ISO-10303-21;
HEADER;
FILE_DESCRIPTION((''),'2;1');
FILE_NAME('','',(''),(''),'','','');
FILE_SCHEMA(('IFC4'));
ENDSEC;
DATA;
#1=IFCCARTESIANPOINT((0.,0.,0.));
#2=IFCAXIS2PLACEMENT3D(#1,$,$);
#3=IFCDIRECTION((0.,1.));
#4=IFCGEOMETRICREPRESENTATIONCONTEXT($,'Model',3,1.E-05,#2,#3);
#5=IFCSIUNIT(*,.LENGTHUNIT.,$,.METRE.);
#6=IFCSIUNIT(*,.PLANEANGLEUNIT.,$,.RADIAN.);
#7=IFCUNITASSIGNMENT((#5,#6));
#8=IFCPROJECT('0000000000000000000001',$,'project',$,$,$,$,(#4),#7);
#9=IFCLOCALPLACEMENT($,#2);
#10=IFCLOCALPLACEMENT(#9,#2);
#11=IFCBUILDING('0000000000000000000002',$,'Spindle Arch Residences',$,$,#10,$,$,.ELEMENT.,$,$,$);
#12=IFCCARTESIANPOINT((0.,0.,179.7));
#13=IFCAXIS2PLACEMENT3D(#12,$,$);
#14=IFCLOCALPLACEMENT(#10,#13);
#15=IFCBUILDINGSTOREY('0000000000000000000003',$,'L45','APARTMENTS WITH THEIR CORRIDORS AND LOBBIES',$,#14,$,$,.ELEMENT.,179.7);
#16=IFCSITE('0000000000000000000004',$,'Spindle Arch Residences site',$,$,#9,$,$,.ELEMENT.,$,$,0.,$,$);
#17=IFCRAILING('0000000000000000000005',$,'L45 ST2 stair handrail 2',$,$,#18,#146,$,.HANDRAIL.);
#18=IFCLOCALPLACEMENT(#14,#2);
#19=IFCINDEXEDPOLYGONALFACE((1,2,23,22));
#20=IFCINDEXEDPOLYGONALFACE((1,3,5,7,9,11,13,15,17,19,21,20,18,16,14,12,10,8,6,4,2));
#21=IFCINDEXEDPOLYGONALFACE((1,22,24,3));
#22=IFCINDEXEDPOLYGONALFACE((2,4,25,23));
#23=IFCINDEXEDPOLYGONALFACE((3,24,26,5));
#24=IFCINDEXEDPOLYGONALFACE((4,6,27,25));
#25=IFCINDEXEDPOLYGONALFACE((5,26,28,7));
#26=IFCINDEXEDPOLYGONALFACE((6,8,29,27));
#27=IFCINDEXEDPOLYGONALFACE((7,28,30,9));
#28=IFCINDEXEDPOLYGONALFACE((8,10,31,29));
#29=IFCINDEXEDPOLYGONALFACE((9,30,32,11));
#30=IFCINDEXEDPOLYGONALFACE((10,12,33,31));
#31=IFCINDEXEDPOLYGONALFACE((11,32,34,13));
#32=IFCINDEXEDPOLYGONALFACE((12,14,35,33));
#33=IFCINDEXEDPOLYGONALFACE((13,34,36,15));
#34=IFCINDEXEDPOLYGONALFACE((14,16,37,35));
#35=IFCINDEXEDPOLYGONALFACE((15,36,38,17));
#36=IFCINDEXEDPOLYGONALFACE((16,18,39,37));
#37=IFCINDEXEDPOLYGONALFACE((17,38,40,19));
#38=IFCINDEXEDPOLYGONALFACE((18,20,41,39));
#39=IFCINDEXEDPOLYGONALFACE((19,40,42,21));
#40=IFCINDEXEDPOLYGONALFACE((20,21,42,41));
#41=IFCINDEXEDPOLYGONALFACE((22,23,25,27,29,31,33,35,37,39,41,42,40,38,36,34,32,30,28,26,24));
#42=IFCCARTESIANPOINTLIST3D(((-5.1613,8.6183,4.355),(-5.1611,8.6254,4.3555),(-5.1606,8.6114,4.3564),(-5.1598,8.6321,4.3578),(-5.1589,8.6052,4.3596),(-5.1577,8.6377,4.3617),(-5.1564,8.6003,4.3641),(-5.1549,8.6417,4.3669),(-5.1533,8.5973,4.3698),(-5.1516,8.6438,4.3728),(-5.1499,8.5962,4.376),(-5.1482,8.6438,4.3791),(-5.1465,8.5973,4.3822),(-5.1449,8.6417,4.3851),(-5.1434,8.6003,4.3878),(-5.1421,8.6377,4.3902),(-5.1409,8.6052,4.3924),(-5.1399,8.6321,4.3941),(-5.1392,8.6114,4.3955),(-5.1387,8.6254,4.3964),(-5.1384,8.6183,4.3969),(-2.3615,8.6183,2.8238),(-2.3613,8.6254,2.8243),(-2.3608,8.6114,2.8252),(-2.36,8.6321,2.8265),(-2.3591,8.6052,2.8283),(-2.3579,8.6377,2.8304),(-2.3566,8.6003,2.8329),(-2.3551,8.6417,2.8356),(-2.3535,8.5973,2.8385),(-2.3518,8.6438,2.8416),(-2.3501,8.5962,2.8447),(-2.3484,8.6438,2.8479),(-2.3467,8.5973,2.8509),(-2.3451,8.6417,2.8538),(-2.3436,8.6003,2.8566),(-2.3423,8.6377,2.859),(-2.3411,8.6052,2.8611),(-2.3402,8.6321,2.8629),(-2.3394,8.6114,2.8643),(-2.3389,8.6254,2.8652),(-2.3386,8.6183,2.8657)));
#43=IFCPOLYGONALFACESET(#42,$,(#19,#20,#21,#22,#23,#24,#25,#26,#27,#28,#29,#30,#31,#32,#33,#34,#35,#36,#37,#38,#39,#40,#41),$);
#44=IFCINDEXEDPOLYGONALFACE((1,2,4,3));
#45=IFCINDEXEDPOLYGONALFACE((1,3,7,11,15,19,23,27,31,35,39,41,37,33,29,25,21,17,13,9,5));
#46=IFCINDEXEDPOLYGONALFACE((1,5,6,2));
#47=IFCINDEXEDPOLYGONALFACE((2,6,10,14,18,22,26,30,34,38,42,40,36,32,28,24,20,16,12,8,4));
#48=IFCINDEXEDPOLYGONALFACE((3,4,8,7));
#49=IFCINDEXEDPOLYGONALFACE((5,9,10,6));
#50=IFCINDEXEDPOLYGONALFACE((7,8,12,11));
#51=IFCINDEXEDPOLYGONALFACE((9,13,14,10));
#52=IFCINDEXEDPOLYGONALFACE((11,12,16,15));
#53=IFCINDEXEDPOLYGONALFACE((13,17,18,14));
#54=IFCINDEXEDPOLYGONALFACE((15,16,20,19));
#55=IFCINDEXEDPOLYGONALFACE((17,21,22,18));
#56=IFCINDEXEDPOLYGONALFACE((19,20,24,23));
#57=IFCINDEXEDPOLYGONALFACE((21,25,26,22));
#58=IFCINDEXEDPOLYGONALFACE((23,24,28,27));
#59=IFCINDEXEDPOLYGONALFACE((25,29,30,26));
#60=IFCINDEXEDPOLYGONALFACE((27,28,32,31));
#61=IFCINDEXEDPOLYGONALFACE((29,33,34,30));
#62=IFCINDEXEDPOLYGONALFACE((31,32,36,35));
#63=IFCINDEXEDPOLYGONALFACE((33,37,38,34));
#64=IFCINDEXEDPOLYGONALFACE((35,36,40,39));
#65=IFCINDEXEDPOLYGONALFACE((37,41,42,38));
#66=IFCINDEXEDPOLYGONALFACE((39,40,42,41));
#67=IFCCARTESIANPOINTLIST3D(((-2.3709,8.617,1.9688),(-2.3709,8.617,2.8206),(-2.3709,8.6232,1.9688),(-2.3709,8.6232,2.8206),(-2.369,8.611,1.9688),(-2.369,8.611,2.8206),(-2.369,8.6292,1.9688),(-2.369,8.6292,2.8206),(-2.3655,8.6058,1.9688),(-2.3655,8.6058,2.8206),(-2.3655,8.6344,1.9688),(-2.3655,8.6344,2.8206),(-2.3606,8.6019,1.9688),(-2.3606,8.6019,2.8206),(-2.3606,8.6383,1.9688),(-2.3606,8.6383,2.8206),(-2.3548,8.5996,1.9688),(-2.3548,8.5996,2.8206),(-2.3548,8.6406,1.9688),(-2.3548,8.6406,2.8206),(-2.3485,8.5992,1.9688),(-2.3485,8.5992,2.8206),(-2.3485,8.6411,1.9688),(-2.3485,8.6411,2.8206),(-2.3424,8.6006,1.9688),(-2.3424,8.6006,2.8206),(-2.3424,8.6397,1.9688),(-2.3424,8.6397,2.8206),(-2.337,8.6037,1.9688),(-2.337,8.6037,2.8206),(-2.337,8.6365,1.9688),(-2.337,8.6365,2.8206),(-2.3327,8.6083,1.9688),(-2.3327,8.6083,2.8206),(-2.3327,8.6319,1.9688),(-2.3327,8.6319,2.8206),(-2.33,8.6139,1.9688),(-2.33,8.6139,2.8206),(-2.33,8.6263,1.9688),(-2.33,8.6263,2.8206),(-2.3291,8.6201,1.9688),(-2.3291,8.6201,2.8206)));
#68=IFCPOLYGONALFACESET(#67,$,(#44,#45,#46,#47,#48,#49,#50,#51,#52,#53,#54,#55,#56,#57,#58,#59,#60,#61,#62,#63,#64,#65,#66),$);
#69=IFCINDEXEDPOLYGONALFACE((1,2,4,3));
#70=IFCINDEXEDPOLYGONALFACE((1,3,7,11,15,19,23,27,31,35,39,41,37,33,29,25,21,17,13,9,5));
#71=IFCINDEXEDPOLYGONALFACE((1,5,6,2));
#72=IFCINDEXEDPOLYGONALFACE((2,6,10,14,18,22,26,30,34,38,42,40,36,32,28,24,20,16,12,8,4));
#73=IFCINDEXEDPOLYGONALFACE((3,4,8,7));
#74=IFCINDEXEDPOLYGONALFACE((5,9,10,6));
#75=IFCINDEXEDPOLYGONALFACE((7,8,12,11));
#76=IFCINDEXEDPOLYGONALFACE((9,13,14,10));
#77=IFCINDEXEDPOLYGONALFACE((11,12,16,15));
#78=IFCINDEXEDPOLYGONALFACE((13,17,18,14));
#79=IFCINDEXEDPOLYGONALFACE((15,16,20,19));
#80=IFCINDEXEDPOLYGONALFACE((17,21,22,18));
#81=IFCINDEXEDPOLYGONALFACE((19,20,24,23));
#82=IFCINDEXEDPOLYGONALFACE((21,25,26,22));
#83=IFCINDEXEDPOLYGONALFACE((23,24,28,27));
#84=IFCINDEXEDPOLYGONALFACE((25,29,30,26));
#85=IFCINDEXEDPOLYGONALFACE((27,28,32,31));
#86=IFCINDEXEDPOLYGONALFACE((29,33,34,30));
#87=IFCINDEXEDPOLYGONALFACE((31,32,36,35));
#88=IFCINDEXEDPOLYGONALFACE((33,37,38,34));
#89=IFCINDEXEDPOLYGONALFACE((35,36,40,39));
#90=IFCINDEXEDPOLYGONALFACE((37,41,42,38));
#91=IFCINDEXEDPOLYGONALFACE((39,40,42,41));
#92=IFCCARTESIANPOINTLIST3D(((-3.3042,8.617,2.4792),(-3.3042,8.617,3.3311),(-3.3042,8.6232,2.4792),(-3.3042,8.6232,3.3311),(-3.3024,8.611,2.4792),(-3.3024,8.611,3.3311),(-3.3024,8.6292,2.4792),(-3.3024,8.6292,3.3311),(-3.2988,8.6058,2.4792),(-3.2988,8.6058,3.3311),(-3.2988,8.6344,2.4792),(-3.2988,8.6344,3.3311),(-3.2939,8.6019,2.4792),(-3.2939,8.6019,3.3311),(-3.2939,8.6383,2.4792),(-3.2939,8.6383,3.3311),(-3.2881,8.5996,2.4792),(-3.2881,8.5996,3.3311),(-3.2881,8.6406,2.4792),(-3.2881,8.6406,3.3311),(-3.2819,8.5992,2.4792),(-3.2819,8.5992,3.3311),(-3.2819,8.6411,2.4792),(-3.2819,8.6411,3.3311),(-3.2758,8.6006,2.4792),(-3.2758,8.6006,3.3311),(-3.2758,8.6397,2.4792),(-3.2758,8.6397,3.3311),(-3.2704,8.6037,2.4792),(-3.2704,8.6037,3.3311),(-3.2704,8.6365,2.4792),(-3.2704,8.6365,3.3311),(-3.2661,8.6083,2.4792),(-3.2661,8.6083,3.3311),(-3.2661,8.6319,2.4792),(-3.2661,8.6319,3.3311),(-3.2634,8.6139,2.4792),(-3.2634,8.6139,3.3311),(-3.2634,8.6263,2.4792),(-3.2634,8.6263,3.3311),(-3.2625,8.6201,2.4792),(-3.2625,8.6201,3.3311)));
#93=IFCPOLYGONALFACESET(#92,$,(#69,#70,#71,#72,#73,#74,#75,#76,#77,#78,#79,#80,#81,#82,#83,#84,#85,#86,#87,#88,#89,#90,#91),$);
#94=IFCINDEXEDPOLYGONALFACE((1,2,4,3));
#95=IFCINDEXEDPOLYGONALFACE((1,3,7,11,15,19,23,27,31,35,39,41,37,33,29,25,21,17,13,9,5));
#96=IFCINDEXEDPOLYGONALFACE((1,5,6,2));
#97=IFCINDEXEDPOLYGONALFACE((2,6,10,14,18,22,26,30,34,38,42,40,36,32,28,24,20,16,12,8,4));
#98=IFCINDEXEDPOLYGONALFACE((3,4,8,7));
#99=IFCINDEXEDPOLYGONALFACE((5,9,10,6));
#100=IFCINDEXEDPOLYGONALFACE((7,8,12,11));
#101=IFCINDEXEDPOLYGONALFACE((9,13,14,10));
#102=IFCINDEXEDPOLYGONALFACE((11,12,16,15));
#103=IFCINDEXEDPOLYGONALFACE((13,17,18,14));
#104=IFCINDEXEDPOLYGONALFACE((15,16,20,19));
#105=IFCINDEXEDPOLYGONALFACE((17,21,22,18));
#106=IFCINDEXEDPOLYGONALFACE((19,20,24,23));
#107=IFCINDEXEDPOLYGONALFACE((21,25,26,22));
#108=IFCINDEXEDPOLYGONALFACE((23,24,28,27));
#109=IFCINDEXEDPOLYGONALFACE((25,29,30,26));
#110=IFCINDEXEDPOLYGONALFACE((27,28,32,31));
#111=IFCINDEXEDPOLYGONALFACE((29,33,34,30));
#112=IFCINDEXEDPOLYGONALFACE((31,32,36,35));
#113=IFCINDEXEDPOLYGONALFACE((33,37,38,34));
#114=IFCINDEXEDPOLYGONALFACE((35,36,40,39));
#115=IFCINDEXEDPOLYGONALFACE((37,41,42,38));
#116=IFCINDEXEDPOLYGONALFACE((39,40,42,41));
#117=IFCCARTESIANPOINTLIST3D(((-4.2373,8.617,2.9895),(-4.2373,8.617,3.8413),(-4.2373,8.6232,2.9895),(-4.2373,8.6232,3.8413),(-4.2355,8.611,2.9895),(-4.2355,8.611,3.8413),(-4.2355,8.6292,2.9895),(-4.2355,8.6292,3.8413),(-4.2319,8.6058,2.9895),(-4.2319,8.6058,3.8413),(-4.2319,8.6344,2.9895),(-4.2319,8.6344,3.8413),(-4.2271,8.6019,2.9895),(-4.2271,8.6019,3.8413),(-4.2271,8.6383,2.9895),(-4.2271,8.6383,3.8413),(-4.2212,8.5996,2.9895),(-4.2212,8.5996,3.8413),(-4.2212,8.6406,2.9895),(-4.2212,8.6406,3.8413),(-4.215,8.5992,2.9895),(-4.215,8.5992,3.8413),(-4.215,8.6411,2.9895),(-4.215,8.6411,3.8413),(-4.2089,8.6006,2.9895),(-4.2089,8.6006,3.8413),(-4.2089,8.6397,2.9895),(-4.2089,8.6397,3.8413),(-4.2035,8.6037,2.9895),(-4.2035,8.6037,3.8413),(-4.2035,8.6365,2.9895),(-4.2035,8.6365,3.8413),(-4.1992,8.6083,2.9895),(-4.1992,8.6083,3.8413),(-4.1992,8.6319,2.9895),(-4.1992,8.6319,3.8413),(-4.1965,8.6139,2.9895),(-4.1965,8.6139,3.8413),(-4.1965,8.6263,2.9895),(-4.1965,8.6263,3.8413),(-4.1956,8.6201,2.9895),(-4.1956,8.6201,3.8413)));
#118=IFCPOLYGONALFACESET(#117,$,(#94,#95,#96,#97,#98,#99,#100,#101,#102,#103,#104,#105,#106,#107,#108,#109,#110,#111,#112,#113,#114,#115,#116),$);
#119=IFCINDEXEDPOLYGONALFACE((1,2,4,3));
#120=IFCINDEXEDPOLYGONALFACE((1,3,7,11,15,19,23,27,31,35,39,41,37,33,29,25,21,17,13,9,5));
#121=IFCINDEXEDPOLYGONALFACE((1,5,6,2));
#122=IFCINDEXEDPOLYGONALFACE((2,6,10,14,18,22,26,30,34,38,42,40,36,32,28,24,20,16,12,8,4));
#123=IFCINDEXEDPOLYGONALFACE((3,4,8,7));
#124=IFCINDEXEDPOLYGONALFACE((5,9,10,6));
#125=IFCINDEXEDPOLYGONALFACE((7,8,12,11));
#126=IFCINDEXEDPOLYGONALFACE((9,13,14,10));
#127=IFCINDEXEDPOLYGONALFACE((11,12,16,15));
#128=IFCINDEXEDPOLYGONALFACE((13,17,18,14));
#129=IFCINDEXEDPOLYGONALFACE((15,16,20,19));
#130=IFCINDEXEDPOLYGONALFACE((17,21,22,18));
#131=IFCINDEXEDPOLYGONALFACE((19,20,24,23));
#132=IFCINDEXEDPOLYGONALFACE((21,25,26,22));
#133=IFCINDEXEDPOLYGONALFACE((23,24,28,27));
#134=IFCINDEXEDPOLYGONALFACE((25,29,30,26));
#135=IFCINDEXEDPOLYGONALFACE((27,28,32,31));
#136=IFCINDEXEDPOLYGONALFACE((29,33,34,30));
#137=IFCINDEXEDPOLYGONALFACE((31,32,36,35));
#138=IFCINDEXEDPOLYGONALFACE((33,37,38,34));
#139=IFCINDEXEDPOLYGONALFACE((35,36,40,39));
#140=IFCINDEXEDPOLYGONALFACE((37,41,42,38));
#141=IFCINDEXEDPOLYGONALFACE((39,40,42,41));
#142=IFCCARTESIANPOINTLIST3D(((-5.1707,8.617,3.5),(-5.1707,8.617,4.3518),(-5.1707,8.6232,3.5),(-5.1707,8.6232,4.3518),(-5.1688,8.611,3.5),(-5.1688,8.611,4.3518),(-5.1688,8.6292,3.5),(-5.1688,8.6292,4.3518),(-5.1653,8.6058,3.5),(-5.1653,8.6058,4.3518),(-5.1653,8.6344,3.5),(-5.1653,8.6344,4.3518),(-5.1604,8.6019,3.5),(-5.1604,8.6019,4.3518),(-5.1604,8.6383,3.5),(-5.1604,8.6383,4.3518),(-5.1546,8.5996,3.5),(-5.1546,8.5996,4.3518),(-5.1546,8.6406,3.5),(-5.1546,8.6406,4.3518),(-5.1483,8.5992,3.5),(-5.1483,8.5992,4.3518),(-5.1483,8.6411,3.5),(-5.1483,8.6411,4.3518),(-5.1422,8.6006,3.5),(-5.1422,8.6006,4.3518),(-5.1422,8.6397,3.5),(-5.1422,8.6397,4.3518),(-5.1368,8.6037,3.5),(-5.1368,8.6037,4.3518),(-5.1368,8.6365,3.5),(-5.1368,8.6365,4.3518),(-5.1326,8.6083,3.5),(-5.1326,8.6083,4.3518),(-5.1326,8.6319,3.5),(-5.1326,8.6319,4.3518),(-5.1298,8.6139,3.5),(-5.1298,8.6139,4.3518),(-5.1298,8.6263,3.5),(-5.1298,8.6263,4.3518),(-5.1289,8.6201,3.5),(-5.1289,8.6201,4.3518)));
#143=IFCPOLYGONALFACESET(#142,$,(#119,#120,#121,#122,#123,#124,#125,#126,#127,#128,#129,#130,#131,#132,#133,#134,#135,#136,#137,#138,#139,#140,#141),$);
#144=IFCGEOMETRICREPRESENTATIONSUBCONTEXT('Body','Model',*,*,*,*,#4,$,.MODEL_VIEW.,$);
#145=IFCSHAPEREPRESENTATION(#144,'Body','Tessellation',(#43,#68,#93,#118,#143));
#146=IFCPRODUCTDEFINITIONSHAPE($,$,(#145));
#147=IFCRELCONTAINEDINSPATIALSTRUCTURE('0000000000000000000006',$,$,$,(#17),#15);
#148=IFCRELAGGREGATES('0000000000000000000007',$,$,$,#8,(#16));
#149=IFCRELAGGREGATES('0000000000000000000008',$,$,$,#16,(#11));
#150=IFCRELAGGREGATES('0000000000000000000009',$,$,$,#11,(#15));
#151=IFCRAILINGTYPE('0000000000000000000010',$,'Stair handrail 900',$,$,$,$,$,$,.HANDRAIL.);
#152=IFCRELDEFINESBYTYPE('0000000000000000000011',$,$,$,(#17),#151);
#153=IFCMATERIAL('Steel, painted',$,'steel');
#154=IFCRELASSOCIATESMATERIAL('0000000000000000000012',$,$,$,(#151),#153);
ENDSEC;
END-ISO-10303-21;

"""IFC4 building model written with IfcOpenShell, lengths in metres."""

from ifc_helpers import new_model, si_unit, direction, frame, origin, origin_2d, place, context, subcontext, project, spatial, circle, extrude, material, type_object, element, save


model = new_model("IFC4")

# Units and contexts
model_context = context("Model", 3, precision=1e-05, world=origin(), true_north=direction((0.0, 1.0)))
body_context = subcontext(model_context, "Body", "Model", "MODEL_VIEW")
ifc_project = project(units=[si_unit("LENGTHUNIT", "METRE"), si_unit("PLANEANGLEUNIT", "RADIAN")], contexts=[model_context])

# Site, building, storey
site_placement = place(None, origin())
site = spatial("IfcSite", under=ifc_project, at=site_placement, Name="Spindle Arch Residences site", CompositionType="ELEMENT", RefElevation=0.0)
building_placement = place(site_placement, origin())
building = spatial("IfcBuilding", under=site, at=building_placement, Name="Spindle Arch Residences", CompositionType="ELEMENT")
storey_placement = place(building_placement, frame((0.0, 0.0, 179.7)))
storey = spatial("IfcBuildingStorey", under=building, at=storey_placement, Name="L45", Description="APARTMENTS WITH THEIR CORRIDORS AND LOBBIES", CompositionType="ELEMENT", Elevation=179.7)

# Railing
ifc_material_1 = material(Name="Steel, painted", Category="steel")
railing_type_1 = type_object("IfcRailingType", Name="Stair handrail 900", PredefinedType="HANDRAIL", material=ifc_material_1)
railing_1_placement = place(storey_placement, frame((-2.3501, 8.6201, 1.9688)))
element("IfcRailing", 1, at=railing_1_placement, inside=storey, type_object=railing_type_1, Name="L45 ST2 stair handrail 2", PredefinedType="HANDRAIL", context=body_context, shape_type="SweptSolid", body=[
    extrude(circle(Radius=0.0239, at=origin_2d()), frame((0.0, 0.0, 0.876), z_axis=(-0.877357, 0.0, 0.479838), x_axis=(0.0, -1.0, 0.0)), (0.0, 0.0, 1.0), 3.1912),
    extrude(circle(Radius=0.021, at=origin_2d()), origin(), (0.0, 0.0, 1.0), 0.8518),
    extrude(circle(Radius=0.021, at=origin_2d()), frame((-0.9333, 0.0, 0.5105)), (0.0, 0.0, 1.0), 0.8518),
    extrude(circle(Radius=0.021, at=origin_2d()), frame((-1.8665, 0.0, 1.0208)), (0.0, 0.0, 1.0), 0.8518),
    extrude(circle(Radius=0.021, at=origin_2d()), frame((-2.7998, 0.0, 1.5312)), (0.0, 0.0, 1.0), 0.8518),
])

save(model, "model.ifc")
